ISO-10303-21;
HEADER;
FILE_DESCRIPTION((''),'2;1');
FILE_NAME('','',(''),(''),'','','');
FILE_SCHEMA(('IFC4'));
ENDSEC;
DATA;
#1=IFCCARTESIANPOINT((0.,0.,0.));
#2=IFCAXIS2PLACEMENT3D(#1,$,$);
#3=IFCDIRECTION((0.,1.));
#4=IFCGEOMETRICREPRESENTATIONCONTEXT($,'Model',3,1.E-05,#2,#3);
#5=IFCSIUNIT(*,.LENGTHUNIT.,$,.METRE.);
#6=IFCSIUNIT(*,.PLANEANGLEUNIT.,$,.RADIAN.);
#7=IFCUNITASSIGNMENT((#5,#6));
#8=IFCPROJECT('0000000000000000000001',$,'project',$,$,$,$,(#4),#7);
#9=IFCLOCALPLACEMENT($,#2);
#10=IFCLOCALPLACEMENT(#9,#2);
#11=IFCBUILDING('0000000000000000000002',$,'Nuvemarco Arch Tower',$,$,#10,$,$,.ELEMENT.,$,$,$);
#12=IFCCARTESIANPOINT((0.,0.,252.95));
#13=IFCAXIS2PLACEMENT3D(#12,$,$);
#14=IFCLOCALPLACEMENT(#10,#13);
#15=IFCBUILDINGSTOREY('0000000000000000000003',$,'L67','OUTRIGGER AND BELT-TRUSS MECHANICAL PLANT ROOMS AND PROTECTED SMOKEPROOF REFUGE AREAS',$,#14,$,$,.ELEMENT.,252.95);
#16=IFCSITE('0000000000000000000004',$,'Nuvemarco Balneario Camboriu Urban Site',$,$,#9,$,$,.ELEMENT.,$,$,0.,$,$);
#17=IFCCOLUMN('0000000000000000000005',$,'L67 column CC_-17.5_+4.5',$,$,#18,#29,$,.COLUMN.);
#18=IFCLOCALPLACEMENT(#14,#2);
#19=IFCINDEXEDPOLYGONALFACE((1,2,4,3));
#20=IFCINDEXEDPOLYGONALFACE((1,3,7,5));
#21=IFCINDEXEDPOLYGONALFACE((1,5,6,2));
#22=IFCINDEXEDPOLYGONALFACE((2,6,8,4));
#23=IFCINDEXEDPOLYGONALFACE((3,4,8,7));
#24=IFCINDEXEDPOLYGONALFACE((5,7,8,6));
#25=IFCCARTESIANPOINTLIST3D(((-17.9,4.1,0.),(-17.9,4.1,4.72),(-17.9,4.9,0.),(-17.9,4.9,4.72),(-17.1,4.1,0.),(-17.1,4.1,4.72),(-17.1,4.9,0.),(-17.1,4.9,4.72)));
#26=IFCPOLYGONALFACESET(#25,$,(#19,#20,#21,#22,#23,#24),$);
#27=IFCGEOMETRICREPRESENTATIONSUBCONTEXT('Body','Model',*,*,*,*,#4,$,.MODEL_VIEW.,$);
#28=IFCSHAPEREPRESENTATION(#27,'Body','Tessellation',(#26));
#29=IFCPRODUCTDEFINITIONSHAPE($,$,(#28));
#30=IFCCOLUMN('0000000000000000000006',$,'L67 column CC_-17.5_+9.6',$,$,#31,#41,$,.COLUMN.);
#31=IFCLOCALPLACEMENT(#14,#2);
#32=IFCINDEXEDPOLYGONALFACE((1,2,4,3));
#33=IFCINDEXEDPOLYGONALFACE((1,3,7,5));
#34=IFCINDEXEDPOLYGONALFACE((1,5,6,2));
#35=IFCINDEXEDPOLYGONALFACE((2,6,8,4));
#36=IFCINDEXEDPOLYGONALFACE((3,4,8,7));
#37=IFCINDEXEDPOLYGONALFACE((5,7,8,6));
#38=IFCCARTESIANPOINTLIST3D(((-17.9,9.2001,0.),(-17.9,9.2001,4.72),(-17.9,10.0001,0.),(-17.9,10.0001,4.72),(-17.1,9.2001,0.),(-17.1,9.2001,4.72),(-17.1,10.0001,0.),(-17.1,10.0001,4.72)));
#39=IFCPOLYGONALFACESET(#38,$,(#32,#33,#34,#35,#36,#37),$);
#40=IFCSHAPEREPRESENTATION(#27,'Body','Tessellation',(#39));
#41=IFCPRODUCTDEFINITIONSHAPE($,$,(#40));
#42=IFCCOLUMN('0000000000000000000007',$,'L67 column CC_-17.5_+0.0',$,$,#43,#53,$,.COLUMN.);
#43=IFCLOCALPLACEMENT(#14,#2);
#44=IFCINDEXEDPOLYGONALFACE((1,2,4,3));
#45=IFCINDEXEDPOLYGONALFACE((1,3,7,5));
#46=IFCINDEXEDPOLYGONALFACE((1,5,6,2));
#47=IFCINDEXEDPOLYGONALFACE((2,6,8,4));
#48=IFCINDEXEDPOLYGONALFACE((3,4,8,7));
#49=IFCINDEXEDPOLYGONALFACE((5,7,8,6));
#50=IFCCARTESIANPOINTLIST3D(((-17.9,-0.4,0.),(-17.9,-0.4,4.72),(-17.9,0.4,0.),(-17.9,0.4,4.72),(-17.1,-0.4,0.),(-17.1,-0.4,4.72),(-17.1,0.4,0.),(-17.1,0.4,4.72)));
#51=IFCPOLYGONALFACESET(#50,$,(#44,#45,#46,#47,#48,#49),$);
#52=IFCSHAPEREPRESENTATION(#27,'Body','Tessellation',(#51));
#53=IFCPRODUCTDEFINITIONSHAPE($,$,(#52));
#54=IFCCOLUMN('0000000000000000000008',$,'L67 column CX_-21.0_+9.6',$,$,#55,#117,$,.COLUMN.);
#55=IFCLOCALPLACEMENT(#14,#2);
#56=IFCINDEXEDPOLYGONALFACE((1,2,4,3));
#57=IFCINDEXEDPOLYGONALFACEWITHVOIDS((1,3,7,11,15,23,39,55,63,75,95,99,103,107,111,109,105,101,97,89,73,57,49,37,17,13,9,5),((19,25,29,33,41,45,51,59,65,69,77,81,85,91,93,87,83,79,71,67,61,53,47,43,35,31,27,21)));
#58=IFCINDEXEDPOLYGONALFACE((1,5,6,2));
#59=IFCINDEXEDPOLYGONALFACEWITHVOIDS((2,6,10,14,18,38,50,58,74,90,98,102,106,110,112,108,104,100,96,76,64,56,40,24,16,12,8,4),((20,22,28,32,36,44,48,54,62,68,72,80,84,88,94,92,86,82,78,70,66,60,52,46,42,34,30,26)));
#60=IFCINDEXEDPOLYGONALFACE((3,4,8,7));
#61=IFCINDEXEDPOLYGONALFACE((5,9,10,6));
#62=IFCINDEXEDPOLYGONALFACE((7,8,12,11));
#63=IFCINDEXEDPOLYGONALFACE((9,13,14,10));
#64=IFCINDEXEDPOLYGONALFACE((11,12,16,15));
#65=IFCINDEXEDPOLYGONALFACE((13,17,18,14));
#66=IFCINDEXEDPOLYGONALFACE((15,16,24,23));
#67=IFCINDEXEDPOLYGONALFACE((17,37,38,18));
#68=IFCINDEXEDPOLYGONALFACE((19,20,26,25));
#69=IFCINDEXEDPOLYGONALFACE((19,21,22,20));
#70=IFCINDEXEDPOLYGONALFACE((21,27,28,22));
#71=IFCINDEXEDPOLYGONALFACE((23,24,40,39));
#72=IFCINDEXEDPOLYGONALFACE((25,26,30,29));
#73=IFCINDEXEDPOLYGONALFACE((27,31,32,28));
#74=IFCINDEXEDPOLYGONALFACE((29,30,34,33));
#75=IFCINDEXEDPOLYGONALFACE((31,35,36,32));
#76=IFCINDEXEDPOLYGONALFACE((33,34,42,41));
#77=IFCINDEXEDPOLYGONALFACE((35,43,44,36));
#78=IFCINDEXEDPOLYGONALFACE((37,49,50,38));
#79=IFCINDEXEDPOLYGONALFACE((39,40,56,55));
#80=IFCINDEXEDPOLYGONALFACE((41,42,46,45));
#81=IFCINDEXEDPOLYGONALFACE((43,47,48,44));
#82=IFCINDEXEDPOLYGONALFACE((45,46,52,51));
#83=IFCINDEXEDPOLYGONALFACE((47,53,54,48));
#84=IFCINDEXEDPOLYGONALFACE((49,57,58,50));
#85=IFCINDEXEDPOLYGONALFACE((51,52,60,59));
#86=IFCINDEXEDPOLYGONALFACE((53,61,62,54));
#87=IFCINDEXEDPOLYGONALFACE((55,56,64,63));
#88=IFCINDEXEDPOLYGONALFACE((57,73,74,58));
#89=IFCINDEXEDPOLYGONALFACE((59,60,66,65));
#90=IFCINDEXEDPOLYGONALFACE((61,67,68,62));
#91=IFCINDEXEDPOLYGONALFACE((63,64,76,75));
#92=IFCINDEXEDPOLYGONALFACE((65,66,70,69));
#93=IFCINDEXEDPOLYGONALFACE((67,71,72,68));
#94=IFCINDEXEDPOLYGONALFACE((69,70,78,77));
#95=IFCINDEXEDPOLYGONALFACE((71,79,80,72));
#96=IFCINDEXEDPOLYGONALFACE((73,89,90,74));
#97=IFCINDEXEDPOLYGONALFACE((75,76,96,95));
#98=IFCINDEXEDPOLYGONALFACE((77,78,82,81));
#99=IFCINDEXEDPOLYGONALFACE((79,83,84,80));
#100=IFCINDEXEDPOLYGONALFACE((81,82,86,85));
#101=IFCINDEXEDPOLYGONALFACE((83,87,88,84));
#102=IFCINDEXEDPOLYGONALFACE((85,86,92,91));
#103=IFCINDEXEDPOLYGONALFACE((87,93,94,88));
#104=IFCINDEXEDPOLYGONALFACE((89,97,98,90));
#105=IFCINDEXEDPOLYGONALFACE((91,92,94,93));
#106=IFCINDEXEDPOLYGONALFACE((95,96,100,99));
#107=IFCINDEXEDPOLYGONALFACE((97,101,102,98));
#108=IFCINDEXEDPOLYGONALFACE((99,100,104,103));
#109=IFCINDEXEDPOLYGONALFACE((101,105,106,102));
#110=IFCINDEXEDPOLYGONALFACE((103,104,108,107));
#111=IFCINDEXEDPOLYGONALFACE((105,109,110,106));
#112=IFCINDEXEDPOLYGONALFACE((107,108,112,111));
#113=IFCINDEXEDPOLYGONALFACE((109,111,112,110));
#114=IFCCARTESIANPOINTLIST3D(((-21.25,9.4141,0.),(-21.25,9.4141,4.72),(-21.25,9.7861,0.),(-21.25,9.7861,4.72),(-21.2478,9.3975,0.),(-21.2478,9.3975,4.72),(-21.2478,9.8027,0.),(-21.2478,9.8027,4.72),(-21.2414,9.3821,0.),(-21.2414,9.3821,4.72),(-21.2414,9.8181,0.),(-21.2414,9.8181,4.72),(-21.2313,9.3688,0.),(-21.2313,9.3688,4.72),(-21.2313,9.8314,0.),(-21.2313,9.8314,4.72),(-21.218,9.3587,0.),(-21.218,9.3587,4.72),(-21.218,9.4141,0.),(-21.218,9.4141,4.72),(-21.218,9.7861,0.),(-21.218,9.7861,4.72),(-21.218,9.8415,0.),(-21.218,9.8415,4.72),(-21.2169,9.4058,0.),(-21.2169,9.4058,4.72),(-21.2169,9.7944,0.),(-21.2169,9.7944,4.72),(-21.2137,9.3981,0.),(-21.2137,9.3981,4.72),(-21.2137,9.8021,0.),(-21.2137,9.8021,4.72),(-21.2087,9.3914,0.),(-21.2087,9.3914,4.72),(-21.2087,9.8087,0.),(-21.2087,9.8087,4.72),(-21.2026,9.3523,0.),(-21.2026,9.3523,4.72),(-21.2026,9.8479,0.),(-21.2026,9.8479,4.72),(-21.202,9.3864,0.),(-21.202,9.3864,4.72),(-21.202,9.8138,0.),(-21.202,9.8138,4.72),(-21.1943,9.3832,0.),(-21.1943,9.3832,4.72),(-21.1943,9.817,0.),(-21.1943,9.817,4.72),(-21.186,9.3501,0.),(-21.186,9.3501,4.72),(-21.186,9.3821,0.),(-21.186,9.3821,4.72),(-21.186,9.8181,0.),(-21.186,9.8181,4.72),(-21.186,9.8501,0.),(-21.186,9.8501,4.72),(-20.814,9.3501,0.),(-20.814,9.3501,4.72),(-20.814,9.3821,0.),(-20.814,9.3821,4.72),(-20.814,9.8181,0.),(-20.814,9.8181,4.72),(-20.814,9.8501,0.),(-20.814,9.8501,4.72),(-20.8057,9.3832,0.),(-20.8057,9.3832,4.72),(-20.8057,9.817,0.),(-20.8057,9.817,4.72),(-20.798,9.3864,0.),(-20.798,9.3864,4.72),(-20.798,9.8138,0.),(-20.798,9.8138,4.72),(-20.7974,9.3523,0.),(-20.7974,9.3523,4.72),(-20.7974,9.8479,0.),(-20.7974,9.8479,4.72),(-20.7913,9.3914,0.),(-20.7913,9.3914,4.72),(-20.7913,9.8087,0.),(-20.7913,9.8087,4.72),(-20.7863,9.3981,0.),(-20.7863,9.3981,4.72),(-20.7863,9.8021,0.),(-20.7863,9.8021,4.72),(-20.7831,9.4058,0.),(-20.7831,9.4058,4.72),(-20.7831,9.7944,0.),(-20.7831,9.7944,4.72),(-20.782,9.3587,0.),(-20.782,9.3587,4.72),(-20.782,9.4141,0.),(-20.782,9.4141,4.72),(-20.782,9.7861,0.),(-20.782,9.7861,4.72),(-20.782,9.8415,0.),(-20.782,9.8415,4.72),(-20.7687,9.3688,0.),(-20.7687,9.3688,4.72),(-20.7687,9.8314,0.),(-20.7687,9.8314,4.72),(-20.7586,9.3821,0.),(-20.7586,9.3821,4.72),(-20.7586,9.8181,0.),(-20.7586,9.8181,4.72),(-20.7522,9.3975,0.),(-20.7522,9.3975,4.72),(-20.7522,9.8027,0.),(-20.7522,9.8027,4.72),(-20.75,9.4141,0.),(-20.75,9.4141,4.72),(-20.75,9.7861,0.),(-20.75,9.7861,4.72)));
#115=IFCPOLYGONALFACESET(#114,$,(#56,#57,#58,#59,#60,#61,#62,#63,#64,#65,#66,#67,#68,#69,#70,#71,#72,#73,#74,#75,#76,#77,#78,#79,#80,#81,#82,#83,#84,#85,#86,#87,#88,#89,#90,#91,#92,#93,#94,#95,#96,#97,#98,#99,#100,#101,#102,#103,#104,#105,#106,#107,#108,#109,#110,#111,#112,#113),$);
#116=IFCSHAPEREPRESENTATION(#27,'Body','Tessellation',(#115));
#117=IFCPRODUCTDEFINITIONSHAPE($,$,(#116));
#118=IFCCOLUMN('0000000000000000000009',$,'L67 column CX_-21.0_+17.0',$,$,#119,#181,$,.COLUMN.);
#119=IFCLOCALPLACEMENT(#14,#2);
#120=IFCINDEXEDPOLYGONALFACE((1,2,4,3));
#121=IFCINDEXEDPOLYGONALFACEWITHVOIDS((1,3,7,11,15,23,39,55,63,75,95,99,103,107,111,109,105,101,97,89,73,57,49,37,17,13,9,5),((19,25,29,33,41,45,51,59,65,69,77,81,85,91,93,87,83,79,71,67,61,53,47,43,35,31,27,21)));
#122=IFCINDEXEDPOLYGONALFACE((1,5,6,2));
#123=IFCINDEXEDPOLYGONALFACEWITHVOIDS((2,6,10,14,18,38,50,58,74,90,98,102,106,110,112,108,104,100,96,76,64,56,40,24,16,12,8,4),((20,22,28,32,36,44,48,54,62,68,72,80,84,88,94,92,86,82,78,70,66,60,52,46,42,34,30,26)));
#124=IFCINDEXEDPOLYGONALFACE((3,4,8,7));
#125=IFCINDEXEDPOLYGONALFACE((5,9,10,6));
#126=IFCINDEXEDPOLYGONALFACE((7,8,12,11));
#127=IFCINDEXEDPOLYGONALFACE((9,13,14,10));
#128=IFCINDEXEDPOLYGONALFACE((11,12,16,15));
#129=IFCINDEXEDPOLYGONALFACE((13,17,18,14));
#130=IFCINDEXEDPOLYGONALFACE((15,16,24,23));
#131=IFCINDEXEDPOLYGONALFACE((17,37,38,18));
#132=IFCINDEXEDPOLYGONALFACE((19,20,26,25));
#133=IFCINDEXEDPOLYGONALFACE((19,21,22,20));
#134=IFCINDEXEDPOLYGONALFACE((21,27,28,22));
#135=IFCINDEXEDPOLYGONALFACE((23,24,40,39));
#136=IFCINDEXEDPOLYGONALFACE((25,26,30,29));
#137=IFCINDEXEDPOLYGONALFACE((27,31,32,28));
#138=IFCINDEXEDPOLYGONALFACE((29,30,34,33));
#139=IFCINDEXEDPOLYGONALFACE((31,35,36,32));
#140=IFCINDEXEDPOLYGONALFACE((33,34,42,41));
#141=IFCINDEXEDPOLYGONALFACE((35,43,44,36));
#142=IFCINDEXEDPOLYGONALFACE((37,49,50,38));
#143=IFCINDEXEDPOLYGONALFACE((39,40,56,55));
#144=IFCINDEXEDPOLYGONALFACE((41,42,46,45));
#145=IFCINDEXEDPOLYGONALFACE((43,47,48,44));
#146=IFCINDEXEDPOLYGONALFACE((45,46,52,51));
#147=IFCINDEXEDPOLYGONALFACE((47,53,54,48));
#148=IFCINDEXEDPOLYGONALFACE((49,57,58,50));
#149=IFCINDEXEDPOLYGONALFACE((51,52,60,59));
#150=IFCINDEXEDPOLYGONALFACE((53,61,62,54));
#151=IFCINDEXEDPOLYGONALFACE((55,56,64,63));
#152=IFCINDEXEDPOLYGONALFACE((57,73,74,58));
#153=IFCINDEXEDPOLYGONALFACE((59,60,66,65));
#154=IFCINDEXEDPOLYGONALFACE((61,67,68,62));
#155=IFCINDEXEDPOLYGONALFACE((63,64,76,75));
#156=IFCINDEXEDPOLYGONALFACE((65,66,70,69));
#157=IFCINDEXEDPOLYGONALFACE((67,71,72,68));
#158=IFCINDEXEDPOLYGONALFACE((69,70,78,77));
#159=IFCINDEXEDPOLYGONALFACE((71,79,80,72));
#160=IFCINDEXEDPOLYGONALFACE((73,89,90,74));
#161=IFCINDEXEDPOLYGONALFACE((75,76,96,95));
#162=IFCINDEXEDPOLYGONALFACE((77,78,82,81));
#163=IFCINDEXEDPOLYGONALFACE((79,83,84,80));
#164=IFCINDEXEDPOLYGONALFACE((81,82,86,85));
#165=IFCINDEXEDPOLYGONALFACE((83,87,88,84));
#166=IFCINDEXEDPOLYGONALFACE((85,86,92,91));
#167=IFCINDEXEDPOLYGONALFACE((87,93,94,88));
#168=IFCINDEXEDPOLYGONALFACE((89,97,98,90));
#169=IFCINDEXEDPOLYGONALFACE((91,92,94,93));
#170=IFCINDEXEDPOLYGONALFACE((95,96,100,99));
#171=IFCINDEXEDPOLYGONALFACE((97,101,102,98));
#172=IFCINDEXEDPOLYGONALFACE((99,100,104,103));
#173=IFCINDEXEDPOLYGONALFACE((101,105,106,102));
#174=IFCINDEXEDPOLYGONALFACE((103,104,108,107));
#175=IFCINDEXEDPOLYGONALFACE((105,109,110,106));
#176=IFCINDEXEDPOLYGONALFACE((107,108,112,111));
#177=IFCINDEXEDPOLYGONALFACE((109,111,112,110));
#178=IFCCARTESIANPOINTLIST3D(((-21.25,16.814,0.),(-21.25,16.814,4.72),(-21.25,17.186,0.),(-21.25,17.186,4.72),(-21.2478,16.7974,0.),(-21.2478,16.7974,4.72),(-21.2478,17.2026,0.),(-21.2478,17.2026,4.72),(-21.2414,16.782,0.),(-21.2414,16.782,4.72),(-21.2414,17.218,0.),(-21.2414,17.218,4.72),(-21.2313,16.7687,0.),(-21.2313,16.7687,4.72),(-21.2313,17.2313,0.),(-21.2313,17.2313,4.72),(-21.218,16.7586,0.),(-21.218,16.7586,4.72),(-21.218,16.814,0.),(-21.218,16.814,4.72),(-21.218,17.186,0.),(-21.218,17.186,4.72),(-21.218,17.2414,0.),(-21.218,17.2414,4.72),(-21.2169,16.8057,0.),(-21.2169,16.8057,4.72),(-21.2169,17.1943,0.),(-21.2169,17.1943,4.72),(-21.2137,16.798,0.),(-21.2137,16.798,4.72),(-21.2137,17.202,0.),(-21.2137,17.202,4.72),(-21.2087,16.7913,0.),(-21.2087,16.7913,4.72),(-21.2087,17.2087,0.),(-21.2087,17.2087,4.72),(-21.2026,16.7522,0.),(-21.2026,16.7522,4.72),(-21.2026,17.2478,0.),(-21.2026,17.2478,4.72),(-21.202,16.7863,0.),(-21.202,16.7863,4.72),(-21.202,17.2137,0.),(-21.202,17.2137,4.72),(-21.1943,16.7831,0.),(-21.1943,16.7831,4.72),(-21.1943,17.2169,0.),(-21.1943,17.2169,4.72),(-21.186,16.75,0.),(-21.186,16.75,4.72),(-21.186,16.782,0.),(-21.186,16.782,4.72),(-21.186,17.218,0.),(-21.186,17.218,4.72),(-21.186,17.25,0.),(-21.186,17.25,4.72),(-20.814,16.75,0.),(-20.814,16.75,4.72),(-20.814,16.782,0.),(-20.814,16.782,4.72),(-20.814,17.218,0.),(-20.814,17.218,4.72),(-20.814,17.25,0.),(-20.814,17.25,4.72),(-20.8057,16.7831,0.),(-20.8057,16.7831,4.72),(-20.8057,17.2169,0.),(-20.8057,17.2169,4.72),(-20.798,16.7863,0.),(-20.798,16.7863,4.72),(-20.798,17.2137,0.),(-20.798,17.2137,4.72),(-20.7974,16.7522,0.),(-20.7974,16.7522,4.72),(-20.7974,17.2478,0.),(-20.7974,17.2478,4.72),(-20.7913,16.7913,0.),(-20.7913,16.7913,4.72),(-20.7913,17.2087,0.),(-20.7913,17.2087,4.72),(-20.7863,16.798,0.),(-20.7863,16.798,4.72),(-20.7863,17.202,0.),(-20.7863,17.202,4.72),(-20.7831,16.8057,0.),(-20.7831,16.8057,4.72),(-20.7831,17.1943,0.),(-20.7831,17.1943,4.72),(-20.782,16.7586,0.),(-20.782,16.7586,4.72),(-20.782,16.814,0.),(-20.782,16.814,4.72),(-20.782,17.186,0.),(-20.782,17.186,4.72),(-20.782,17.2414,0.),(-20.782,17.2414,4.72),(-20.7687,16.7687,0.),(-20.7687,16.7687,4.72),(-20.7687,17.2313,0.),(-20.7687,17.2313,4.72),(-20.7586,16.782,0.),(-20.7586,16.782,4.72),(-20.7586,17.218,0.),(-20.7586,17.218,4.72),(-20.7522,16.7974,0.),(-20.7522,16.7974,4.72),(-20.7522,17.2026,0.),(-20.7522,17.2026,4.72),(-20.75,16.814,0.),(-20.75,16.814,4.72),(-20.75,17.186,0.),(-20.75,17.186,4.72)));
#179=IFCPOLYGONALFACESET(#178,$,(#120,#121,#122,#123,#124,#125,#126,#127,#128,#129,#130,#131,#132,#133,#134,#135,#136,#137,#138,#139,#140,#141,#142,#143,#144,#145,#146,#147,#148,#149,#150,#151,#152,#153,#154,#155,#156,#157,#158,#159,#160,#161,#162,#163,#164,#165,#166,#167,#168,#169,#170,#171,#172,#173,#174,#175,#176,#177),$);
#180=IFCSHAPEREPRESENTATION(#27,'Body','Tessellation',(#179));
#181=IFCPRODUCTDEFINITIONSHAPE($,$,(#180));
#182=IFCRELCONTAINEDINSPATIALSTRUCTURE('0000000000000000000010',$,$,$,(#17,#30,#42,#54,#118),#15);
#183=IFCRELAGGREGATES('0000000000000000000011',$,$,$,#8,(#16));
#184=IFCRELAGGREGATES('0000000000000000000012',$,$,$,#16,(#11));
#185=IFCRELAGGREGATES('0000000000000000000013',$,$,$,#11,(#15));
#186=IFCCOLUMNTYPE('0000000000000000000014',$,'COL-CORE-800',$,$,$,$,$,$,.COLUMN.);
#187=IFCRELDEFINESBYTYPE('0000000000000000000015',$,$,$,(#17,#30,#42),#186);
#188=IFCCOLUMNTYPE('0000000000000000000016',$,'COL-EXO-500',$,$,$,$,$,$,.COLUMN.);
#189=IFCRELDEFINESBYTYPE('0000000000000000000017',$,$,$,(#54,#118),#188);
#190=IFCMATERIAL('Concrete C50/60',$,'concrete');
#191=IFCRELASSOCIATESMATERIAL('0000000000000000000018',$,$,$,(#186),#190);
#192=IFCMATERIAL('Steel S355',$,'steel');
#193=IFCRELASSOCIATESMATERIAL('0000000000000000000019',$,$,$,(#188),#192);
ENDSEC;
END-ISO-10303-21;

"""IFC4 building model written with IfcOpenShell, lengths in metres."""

from ifc_helpers import new_model, si_unit, direction, frame, origin, origin_2d, place, context, subcontext, project, spatial, rectangle, hollow_rectangle, extrude, material, material_profile, profile_set, type_object, element, save


model = new_model("IFC4")

# Units and contexts
model_context = context("Model", 3, precision=1e-05, world=origin(), true_north=direction((0.0, 1.0)))
body_context = subcontext(model_context, "Body", "Model", "MODEL_VIEW")
ifc_project = project(units=[si_unit("LENGTHUNIT", "METRE"), si_unit("PLANEANGLEUNIT", "RADIAN")], contexts=[model_context])

# Site, building, storey
site_placement = place(None, origin())
site = spatial("IfcSite", under=ifc_project, at=site_placement, Name="Nuvemarco Balneario Camboriu Urban Site", CompositionType="ELEMENT", RefElevation=0.0)
building_placement = place(site_placement, origin())
building = spatial("IfcBuilding", under=site, at=building_placement, Name="Nuvemarco Arch Tower", CompositionType="ELEMENT")
storey_placement = place(building_placement, frame((0.0, 0.0, 252.95)))
storey = spatial("IfcBuildingStorey", under=building, at=storey_placement, Name="L67", Description="OUTRIGGER AND BELT-TRUSS MECHANICAL PLANT ROOMS AND PROTECTED SMOKEPROOF REFUGE AREAS", CompositionType="ELEMENT", Elevation=252.95)

# Columns
ifc_material_1 = material(Name="Concrete C50/60", Category="concrete")
ifc_material_profile_1 = material_profile(ifc_material_1, rectangle(XDim=0.8, YDim=0.8, at=origin_2d()), Name="RC-COL-800x800")
ifc_profile_set_1 = profile_set([ifc_material_profile_1], Name="Concrete C50/60")
column_type_1 = type_object("IfcColumnType", Name="COL-CORE-800", PredefinedType="COLUMN", material=ifc_profile_set_1)
for number, where, z_axis, x_axis, name in (
    (1, (-17.5, 4.5, 0.0), (0.0, 0.0, 1.0), (1.0, 0.0, 0.0), "L67 column CC_-17.5_+4.5"),
    (2, (-17.5, 9.6001, 0.0), (0.0, 0.0, 1.0), (1.0, 0.0, 0.0), "L67 column CC_-17.5_+9.6"),
    (3, (-17.5, 0.0, 0.0), (0.0, 0.0, 1.0), (1.0, 0.0, 0.0), "L67 column CC_-17.5_+0.0"),
):
    element("IfcColumn", number, at=place(storey_placement, frame(where, z_axis=z_axis, x_axis=x_axis)), inside=storey, type_object=column_type_1, Name=name, PredefinedType="COLUMN", context=body_context, shape_type="SweptSolid", body=[
        extrude(rectangle(XDim=0.8, YDim=0.8, at=origin_2d()), origin(), (0.0, 0.0, 1.0), 4.72),
    ])
ifc_material_2 = material(Name="Steel S355", Category="steel")
ifc_material_profile_2 = material_profile(ifc_material_2, hollow_rectangle(XDim=0.5, YDim=0.5, WallThickness=0.032, InnerFilletRadius=0.032, OuterFilletRadius=0.064, at=origin_2d()), Name="SHS500x500x32")
ifc_profile_set_2 = profile_set([ifc_material_profile_2], Name="Steel S355")
column_type_2 = type_object("IfcColumnType", Name="COL-EXO-500", PredefinedType="COLUMN", material=ifc_profile_set_2)
for number, where, z_axis, x_axis, name in (
    (4, (-21.0, 9.6001, 0.0), (0.0, 0.0, 1.0), (1.0, 0.0, 0.0), "L67 column CX_-21.0_+9.6"),
    (5, (-21.0, 17.0, 0.0), (0.0, 0.0, 1.0), (1.0, 0.0, 0.0), "L67 column CX_-21.0_+17.0"),
):
    element("IfcColumn", number, at=place(storey_placement, frame(where, z_axis=z_axis, x_axis=x_axis)), inside=storey, type_object=column_type_2, Name=name, PredefinedType="COLUMN", context=body_context, shape_type="SweptSolid", body=[
        extrude(hollow_rectangle(XDim=0.5, YDim=0.5, WallThickness=0.032, InnerFilletRadius=0.032, OuterFilletRadius=0.064, at=origin_2d()), origin(), (0.0, 0.0, 1.0), 4.72),
    ])

save(model, "model.ifc")
